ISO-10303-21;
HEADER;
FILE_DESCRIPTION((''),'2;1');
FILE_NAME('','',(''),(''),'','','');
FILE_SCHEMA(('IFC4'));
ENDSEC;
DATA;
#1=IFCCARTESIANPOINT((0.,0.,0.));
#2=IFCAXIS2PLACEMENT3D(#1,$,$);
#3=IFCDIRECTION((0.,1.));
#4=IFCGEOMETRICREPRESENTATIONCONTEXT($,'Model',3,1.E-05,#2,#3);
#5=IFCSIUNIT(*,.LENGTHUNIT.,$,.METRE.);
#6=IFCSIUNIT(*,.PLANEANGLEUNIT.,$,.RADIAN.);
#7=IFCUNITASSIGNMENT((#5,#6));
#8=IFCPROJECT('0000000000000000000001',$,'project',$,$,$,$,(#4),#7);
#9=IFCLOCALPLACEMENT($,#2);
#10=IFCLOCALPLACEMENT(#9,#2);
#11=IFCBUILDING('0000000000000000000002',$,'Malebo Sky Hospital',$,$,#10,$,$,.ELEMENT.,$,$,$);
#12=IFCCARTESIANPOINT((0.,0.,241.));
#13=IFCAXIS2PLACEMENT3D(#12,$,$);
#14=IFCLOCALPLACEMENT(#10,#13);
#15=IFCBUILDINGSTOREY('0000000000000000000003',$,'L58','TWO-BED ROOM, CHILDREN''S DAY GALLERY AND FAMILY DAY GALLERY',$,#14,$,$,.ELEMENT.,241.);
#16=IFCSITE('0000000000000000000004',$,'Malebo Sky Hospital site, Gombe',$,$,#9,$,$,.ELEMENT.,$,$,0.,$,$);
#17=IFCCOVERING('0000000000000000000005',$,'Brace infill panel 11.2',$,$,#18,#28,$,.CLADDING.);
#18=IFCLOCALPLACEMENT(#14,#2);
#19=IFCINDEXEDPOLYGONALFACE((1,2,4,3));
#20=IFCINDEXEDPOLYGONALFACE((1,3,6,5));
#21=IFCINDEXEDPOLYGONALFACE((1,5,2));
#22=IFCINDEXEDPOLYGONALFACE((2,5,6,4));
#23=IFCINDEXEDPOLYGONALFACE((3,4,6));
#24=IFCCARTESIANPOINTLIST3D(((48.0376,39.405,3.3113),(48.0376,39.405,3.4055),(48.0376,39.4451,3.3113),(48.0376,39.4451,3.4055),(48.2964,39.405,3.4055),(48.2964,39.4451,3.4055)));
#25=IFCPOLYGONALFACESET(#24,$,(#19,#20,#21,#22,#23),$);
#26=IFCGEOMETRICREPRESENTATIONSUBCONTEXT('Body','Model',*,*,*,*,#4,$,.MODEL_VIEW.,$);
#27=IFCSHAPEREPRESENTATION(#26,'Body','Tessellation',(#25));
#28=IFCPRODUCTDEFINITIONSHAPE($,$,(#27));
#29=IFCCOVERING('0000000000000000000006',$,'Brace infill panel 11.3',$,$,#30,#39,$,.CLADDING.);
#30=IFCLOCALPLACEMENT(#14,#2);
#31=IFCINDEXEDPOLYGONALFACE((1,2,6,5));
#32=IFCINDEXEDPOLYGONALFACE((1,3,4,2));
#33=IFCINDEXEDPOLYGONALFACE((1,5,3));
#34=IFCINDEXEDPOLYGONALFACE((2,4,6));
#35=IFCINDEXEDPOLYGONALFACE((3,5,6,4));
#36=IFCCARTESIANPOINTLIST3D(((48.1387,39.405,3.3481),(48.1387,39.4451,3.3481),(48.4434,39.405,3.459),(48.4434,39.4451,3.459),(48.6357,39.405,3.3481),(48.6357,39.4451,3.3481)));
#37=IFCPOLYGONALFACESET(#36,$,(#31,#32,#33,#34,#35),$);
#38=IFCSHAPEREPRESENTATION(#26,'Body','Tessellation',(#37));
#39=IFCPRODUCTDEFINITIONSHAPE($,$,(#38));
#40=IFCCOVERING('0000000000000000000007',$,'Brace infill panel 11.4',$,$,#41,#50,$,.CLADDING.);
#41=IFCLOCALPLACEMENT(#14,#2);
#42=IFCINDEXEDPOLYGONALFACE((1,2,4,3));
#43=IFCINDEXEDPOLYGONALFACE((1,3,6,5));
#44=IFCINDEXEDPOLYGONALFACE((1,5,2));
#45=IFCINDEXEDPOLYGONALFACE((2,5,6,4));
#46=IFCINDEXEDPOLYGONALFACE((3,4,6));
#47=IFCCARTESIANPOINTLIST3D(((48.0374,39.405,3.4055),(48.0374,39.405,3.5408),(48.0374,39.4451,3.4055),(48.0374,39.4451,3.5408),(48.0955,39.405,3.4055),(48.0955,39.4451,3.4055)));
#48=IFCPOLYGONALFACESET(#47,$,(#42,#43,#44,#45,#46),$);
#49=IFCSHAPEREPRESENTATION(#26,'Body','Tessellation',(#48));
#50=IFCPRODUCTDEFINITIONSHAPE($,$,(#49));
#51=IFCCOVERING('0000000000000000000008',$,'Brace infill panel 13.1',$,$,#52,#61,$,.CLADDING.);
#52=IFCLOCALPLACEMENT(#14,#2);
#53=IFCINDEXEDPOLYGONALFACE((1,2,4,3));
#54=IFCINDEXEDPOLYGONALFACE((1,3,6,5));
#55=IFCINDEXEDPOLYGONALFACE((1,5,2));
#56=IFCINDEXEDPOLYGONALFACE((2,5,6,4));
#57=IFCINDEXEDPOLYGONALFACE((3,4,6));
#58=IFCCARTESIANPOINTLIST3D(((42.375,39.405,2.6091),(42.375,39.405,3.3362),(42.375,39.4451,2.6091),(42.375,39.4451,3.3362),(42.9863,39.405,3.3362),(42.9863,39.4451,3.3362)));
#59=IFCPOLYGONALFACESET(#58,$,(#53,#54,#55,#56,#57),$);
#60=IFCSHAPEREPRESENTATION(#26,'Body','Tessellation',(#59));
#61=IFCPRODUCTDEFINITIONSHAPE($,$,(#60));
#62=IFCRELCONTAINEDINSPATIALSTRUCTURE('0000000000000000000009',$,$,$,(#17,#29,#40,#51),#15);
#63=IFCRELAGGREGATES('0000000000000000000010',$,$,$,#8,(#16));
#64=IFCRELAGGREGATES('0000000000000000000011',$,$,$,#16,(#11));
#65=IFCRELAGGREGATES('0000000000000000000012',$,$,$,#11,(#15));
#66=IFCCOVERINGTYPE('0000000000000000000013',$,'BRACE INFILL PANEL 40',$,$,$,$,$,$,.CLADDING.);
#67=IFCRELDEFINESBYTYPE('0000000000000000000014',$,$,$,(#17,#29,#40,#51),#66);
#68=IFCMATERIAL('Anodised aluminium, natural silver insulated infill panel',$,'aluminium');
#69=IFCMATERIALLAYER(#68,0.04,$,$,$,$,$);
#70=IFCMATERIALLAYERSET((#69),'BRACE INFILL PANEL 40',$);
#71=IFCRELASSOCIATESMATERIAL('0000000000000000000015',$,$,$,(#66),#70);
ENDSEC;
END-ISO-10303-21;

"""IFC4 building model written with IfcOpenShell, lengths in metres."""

from ifc_helpers import new_model, si_unit, direction, frame, origin, place, context, subcontext, project, spatial, polyline, outline, extrude, material, layer, layer_set, type_object, element, save


model = new_model("IFC4")

# Units and contexts
model_context = context("Model", 3, precision=1e-05, world=origin(), true_north=direction((0.0, 1.0)))
body_context = subcontext(model_context, "Body", "Model", "MODEL_VIEW")
ifc_project = project(units=[si_unit("LENGTHUNIT", "METRE"), si_unit("PLANEANGLEUNIT", "RADIAN")], contexts=[model_context])

# Site, building, storey
site_placement = place(None, origin())
site = spatial("IfcSite", under=ifc_project, at=site_placement, Name="Malebo Sky Hospital site, Gombe", CompositionType="ELEMENT", RefElevation=0.0)
building_placement = place(site_placement, origin())
building = spatial("IfcBuilding", under=site, at=building_placement, Name="Malebo Sky Hospital", CompositionType="ELEMENT")
storey_placement = place(building_placement, frame((0.0, 0.0, 241.0)))
storey = spatial("IfcBuildingStorey", under=building, at=storey_placement, Name="L58", Description="TWO-BED ROOM, CHILDREN'S DAY GALLERY AND FAMILY DAY GALLERY", CompositionType="ELEMENT", Elevation=241.0)

# Coverings
ifc_material_1 = material(Name="Anodised aluminium, natural silver insulated infill panel", Category="aluminium")
ifc_layer_1 = layer(ifc_material_1, 0.04)
ifc_layer_set_1 = layer_set([ifc_layer_1], Name="BRACE INFILL PANEL 40")
covering_type = type_object("IfcCoveringType", Name="BRACE INFILL PANEL 40", PredefinedType="CLADDING", material=ifc_layer_set_1)
covering_1_placement = place(storey_placement, frame((48.167, 39.425, 3.3113), z_axis=(0.0, 0.0, 1.0), x_axis=(-1.0, 0.0, 0.0)))
element("IfcCovering", 1, at=covering_1_placement, inside=storey, type_object=covering_type, Name="Brace infill panel 11.2", PredefinedType="CLADDING", context=body_context, shape_type="SweptSolid", body=[
    extrude(outline(polyline([(0.1294, 0.0), (0.1294, 0.0942), (-0.1294, 0.0942), (0.1294, 0.0)])), frame((0.0, 0.02, 0.0), z_axis=(0.0, -1.0, 0.0), x_axis=(1.0, 0.0, 0.0)), (0.0, 0.0, 1.0), 0.04),
])
covering_2_placement = place(storey_placement, frame((48.3872, 39.425, 3.3481), z_axis=(0.0, 0.0, 1.0), x_axis=(-1.0, 0.0, 0.0)))
element("IfcCovering", 2, at=covering_2_placement, inside=storey, type_object=covering_type, Name="Brace infill panel 11.3", PredefinedType="CLADDING", context=body_context, shape_type="SweptSolid", body=[
    extrude(outline(polyline([(-0.2485, 0.0), (0.2485, 0.0), (-0.0562, 0.1108), (-0.2485, 0.0)])), frame((0.0, 0.02, 0.0), z_axis=(0.0, -1.0, 0.0), x_axis=(1.0, 0.0, 0.0)), (0.0, 0.0, 1.0), 0.04),
])
covering_3_placement = place(storey_placement, frame((48.0664, 39.425, 3.4055), z_axis=(0.0, 0.0, 1.0), x_axis=(-1.0, 0.0, 0.0)))
element("IfcCovering", 3, at=covering_3_placement, inside=storey, type_object=covering_type, Name="Brace infill panel 11.4", PredefinedType="CLADDING", context=body_context, shape_type="SweptSolid", body=[
    extrude(outline(polyline([(-0.0291, 0.0), (0.0291, 0.0), (0.0291, 0.1353), (-0.0291, 0.0)])), frame((0.0, 0.02, 0.0), z_axis=(0.0, -1.0, 0.0), x_axis=(1.0, 0.0, 0.0)), (0.0, 0.0, 1.0), 0.04),
])
covering_4_placement = place(storey_placement, frame((42.6807, 39.425, 2.6091), z_axis=(0.0, 0.0, 1.0), x_axis=(-1.0, 0.0, 0.0)))
element("IfcCovering", 4, at=covering_4_placement, inside=storey, type_object=covering_type, Name="Brace infill panel 13.1", PredefinedType="CLADDING", context=body_context, shape_type="SweptSolid", body=[
    extrude(outline(polyline([(0.3057, 0.0), (0.3057, 0.7271), (-0.3057, 0.7271), (0.3057, 0.0)])), frame((0.0, 0.02, 0.0), z_axis=(0.0, -1.0, 0.0), x_axis=(1.0, 0.0, 0.0)), (0.0, 0.0, 1.0), 0.04),
])

save(model, "model.ifc")
